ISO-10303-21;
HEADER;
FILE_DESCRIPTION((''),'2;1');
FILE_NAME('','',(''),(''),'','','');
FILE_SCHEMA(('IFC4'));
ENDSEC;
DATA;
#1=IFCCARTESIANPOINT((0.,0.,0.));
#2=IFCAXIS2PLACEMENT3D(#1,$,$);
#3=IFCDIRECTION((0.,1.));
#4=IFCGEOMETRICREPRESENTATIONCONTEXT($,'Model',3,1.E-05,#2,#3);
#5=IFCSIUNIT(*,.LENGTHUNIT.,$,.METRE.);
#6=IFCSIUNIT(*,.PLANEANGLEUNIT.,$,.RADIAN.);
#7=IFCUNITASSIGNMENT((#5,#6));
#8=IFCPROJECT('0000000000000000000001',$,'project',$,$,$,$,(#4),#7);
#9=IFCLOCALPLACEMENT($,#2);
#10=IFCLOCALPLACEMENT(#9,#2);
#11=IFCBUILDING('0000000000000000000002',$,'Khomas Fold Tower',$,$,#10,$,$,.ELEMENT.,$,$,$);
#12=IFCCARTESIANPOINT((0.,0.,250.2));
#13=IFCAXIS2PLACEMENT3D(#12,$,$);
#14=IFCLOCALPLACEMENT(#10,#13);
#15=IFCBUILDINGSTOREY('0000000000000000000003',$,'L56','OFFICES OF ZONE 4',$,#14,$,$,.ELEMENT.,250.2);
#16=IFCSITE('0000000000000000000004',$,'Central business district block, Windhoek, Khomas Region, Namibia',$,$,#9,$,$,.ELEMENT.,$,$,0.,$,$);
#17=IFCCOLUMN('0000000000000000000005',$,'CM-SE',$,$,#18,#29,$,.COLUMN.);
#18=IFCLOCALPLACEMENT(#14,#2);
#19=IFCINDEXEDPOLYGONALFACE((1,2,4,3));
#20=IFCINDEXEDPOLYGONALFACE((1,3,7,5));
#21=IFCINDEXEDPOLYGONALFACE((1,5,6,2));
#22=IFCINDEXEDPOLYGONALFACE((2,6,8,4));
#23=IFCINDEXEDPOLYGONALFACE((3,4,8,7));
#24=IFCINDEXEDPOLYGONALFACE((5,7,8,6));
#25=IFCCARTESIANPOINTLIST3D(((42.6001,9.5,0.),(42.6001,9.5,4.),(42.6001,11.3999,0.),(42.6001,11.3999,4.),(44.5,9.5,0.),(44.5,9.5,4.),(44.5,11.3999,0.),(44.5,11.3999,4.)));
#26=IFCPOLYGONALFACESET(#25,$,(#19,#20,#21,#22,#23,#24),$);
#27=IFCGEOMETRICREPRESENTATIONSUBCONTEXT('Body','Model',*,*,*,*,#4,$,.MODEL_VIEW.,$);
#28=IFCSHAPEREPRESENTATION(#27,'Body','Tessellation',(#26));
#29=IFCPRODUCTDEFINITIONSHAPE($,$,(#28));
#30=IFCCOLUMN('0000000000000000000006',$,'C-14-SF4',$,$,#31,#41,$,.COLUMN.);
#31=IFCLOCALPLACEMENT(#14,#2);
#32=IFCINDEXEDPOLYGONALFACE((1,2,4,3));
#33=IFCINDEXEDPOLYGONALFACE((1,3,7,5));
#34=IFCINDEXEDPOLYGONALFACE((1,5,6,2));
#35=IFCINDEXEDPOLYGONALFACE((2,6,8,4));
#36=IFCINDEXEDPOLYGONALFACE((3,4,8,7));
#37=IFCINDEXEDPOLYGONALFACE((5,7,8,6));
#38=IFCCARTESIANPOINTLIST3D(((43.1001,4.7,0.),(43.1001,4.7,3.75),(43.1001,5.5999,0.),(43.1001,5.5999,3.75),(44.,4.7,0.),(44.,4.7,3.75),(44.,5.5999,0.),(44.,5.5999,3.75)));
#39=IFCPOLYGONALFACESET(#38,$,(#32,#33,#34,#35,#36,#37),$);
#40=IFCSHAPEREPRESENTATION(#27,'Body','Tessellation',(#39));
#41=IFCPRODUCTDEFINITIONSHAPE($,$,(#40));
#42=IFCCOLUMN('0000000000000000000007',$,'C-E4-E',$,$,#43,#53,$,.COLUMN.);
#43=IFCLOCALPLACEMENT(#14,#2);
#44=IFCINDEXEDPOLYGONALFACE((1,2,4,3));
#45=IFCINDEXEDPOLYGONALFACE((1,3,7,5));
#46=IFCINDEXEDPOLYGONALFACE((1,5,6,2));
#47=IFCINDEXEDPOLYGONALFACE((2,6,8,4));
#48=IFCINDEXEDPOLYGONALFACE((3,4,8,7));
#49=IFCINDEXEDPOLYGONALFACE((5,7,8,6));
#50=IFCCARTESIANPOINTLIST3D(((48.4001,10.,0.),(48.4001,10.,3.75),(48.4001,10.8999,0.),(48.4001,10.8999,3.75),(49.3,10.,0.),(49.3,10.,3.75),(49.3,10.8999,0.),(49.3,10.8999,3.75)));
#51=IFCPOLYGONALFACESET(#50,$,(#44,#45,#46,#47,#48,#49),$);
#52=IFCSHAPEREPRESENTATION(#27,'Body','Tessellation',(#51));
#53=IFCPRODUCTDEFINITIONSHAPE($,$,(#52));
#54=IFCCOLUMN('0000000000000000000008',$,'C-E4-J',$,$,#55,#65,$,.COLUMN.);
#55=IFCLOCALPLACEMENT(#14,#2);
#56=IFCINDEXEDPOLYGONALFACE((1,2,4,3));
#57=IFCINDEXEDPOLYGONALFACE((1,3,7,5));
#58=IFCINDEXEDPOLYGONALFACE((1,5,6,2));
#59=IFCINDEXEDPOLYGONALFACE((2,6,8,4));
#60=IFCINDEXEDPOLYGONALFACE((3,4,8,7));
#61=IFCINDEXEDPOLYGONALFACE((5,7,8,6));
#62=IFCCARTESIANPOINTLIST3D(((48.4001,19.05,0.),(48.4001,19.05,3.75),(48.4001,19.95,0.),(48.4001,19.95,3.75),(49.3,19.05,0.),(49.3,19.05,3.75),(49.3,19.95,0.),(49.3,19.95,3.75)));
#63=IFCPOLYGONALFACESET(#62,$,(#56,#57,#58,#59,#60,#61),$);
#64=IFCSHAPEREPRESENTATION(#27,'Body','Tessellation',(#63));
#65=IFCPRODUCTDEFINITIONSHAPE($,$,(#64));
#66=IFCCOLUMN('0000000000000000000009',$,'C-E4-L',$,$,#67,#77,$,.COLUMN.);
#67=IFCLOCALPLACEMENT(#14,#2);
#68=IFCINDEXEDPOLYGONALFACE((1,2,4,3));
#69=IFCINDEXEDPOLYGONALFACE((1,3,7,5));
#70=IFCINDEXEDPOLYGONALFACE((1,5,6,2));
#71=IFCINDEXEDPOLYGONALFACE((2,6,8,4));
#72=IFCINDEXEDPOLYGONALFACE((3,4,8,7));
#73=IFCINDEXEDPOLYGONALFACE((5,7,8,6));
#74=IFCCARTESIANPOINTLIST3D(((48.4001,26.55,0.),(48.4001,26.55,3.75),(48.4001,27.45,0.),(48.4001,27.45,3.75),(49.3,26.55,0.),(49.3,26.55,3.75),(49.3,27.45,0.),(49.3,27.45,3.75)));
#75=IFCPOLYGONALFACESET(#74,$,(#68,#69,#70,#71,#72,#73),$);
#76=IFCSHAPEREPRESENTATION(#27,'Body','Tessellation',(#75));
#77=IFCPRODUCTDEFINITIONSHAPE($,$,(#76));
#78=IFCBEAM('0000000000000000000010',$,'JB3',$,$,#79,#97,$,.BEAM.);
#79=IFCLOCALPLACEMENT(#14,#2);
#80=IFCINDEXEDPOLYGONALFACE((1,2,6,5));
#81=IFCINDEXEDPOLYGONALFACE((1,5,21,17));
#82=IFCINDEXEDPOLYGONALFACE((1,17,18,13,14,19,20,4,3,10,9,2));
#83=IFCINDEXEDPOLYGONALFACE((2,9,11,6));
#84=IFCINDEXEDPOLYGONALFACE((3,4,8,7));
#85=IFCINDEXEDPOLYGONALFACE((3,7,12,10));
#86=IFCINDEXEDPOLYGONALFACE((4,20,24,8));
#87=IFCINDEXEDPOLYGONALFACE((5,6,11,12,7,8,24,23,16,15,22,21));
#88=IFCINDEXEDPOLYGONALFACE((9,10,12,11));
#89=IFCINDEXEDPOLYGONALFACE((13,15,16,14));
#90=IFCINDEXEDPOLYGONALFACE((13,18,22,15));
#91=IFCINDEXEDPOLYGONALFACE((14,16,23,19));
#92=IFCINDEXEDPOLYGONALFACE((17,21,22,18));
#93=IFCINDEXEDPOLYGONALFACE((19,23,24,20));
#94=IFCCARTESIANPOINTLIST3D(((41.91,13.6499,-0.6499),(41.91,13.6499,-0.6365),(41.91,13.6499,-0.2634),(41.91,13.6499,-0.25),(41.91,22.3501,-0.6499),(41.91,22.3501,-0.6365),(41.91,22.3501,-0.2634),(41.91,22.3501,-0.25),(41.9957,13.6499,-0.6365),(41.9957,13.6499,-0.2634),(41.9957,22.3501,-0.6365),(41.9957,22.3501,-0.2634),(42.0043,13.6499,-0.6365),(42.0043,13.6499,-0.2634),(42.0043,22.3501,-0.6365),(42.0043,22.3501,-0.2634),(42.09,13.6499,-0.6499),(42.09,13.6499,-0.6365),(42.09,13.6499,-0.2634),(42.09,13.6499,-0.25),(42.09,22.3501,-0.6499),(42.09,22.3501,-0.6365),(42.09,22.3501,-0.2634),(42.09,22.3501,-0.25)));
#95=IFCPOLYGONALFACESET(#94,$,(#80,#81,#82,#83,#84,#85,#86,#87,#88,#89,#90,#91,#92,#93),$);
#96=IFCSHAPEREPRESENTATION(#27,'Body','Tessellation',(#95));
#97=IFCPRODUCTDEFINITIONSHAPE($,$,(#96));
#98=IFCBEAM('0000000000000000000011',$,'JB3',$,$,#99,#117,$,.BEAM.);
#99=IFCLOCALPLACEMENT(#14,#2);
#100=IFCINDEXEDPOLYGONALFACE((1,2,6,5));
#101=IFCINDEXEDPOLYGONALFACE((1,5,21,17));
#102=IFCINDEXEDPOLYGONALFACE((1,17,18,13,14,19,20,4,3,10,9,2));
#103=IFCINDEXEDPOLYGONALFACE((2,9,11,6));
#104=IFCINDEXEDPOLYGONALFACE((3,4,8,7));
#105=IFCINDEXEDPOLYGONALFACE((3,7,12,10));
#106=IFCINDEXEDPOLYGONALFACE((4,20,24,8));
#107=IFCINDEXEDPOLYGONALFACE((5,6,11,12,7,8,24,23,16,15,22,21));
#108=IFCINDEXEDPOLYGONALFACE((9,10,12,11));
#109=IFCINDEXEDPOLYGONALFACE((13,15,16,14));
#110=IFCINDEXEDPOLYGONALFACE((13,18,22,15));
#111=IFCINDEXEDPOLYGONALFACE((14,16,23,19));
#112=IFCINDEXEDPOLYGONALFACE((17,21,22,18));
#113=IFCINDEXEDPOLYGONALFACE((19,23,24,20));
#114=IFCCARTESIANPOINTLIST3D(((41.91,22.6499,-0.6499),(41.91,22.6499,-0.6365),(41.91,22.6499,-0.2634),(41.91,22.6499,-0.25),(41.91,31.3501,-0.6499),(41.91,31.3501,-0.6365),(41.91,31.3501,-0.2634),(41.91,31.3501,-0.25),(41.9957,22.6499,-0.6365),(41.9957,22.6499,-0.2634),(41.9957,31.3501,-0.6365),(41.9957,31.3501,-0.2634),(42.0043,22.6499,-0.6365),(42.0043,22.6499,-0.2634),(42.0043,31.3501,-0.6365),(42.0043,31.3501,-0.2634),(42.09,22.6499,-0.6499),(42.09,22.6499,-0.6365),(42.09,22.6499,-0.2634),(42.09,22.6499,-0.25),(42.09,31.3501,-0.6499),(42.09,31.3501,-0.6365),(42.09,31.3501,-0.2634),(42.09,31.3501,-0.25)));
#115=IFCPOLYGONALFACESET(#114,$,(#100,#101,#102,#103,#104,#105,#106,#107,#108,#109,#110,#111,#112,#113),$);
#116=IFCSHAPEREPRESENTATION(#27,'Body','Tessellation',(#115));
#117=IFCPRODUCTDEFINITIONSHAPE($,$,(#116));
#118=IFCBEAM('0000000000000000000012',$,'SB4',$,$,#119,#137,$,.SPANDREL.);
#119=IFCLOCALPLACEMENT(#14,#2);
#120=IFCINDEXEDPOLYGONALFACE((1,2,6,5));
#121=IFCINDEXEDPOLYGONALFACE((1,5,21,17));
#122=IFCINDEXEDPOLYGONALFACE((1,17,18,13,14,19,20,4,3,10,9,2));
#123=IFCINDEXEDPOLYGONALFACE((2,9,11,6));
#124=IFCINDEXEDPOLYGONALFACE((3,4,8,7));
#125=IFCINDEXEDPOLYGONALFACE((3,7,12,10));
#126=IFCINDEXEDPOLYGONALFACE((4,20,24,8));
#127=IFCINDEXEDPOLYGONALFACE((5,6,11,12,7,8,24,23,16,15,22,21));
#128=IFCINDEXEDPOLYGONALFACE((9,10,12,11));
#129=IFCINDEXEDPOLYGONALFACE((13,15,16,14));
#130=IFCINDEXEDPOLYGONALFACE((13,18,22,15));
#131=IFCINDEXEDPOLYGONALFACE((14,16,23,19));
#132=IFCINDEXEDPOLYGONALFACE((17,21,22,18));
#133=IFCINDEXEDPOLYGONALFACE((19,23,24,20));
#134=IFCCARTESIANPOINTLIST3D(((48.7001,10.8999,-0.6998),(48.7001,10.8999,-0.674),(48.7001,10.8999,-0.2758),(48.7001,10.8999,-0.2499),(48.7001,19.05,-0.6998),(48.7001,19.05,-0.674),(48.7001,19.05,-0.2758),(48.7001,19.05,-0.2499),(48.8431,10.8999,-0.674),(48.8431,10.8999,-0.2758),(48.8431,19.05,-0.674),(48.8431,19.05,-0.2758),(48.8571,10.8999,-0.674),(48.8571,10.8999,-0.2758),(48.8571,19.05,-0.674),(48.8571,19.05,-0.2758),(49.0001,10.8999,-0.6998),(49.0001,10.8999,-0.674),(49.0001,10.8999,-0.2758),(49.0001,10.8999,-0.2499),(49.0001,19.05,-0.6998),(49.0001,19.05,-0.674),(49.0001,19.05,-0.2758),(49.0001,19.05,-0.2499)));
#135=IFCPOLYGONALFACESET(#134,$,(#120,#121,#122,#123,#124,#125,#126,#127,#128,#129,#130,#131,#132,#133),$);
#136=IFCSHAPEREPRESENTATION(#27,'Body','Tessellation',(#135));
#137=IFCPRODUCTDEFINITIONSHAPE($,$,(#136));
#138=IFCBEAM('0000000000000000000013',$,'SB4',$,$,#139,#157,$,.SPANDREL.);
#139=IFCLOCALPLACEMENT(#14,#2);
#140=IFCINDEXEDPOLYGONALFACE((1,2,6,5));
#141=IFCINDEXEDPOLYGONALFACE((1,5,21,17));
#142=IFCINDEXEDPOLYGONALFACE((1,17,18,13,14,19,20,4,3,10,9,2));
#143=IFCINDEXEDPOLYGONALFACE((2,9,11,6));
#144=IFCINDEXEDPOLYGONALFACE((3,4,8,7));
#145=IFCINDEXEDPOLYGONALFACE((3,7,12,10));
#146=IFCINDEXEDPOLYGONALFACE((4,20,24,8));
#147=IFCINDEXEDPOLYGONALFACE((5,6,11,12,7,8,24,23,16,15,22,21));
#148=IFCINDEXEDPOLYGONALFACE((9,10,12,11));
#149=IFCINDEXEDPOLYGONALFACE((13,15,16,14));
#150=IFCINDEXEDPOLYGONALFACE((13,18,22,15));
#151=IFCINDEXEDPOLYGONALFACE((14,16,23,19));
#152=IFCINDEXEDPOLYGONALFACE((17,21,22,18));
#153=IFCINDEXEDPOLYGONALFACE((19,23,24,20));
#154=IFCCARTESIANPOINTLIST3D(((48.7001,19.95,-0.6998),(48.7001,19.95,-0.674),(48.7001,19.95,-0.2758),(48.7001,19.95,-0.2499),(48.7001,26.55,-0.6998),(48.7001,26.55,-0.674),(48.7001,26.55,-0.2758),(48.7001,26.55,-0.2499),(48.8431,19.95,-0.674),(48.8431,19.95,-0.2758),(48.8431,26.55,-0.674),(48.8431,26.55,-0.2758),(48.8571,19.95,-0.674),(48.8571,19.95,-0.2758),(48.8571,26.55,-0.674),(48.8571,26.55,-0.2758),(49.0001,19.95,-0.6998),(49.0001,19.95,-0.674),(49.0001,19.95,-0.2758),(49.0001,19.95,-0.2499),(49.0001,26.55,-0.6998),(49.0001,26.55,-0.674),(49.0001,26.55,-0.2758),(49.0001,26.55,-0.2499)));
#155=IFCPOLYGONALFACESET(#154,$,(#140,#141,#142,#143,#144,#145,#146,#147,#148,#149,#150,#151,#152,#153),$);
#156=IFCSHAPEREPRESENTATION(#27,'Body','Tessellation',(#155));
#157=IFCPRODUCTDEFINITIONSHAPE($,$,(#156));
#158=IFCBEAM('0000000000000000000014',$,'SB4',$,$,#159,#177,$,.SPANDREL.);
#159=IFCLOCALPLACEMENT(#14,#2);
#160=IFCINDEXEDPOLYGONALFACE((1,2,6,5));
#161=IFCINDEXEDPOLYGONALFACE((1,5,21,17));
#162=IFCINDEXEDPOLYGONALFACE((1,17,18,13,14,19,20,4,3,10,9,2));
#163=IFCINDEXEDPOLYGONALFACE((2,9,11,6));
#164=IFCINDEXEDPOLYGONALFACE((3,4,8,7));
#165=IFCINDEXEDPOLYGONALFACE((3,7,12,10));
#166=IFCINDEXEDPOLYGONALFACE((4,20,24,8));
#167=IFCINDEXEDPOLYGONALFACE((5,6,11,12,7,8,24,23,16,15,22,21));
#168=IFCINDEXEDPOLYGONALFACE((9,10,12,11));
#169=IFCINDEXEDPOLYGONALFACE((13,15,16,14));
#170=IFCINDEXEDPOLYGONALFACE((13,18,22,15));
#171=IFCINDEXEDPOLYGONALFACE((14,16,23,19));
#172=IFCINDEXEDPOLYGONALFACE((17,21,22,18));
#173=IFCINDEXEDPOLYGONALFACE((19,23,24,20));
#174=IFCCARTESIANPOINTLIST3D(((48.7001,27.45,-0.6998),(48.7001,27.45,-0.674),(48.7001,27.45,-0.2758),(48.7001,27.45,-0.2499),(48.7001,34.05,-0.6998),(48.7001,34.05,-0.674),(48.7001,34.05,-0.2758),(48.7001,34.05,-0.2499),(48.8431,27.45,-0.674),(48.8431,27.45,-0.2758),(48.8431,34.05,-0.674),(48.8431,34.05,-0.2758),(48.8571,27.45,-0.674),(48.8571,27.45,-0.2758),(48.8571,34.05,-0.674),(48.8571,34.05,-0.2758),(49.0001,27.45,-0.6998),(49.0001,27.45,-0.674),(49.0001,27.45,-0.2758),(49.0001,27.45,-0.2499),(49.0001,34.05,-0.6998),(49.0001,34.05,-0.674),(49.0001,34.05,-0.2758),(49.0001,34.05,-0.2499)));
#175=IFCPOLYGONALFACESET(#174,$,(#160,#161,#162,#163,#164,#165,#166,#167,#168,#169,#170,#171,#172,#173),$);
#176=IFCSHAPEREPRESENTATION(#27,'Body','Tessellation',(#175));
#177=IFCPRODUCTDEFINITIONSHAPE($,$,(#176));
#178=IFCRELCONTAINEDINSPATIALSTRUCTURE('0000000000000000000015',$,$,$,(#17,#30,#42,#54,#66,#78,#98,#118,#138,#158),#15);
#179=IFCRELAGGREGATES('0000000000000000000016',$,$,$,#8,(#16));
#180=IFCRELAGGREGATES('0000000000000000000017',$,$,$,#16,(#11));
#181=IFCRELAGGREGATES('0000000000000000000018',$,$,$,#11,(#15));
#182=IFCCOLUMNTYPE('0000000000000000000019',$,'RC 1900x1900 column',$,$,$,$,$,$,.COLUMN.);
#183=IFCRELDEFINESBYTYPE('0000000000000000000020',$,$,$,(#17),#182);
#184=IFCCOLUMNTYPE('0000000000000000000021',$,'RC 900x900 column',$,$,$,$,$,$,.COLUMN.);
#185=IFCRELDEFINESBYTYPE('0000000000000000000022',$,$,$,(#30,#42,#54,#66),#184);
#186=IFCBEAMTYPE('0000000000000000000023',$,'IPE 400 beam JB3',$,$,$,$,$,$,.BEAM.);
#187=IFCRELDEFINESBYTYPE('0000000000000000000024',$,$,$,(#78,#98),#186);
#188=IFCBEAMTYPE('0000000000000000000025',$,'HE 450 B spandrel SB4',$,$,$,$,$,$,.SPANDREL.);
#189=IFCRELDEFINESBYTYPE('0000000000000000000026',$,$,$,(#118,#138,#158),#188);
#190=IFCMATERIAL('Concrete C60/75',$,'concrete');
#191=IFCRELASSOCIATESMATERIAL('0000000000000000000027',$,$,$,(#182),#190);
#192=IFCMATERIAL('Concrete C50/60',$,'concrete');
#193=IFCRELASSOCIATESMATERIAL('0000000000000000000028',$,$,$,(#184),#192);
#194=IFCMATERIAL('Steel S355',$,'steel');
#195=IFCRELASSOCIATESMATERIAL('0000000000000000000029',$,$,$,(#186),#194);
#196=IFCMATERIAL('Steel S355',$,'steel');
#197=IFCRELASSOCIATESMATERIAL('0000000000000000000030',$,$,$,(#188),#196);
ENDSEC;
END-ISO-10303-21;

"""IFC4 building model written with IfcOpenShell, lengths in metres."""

from ifc_helpers import new_model, si_unit, direction, frame, origin, origin_2d, place, context, subcontext, project, spatial, rectangle, i_section, extrude, source, transform, mapped, material, material_profile, profile_set, type_object, element, save


model = new_model("IFC4")

# Units and contexts
model_context = context("Model", 3, precision=1e-05, world=origin(), true_north=direction((0.0, 1.0)))
body_context = subcontext(model_context, "Body", "Model", "MODEL_VIEW")
ifc_project = project(units=[si_unit("LENGTHUNIT", "METRE"), si_unit("PLANEANGLEUNIT", "RADIAN")], contexts=[model_context])

# Site, building, storey
site_placement = place(None, origin())
site = spatial("IfcSite", under=ifc_project, at=site_placement, Name="Central business district block, Windhoek, Khomas Region, Namibia", CompositionType="ELEMENT", RefElevation=0.0)
building_placement = place(site_placement, origin())
building = spatial("IfcBuilding", under=site, at=building_placement, Name="Khomas Fold Tower", CompositionType="ELEMENT")
storey_placement = place(building_placement, frame((0.0, 0.0, 250.2)))
storey = spatial("IfcBuildingStorey", under=building, at=storey_placement, Name="L56", Description="OFFICES OF ZONE 4", CompositionType="ELEMENT", Elevation=250.2)

# Columns
ifc_material_1 = material(Name="Concrete C60/75", Category="concrete")
ifc_material_profile_1 = material_profile(ifc_material_1, rectangle(XDim=1.8999, YDim=1.8999, at=origin_2d()), Name="RC 1900x1900")
ifc_profile_set_1 = profile_set([ifc_material_profile_1], Name="Concrete C60/75")
column_type_1 = type_object("IfcColumnType", Name="RC 1900x1900 column", PredefinedType="COLUMN", material=ifc_profile_set_1)
shared_shape_1 = source(origin(), body_context, "Body", "SweptSolid", [
    extrude(rectangle(XDim=1.8999, YDim=1.8999, at=origin_2d()), origin(), (0.0, 0.0, 1.0), 4.0),
])
column_placement = place(storey_placement, frame((43.55, 10.45, 0.0), z_axis=(0.0, 0.0, 1.0), x_axis=(1.0, 0.0, 0.0)))
element("IfcColumn", 1, at=column_placement, inside=storey, type_object=column_type_1, Name="CM-SE", PredefinedType="COLUMN", context=body_context, shape_type="MappedRepresentation", body=[
    mapped(shared_shape_1, transform((0.0, 0.0, 0.0))),
])
ifc_material_2 = material(Name="Concrete C50/60", Category="concrete")
ifc_material_profile_2 = material_profile(ifc_material_2, rectangle(XDim=0.8999, YDim=0.8999, at=origin_2d()), Name="RC 900x900")
ifc_profile_set_2 = profile_set([ifc_material_profile_2], Name="Concrete C50/60")
column_type_2 = type_object("IfcColumnType", Name="RC 900x900 column", PredefinedType="COLUMN", material=ifc_profile_set_2)
shared_shape_2 = source(origin(), body_context, "Body", "SweptSolid", [
    extrude(rectangle(XDim=0.8999, YDim=0.8999, at=origin_2d()), origin(), (0.0, 0.0, 1.0), 3.75),
])
for number, where, z_axis, x_axis, name in (
    (2, (43.55, 5.1499, 0.0), (0.0, 0.0, 1.0), (1.0, 0.0, 0.0), "C-14-SF4"),
    (3, (48.8501, 10.45, 0.0), (0.0, 0.0, 1.0), (1.0, 0.0, 0.0), "C-E4-E"),
    (4, (48.8501, 19.5, 0.0), (0.0, 0.0, 1.0), (1.0, 0.0, 0.0), "C-E4-J"),
    (5, (48.8501, 27.0, 0.0), (0.0, 0.0, 1.0), (1.0, 0.0, 0.0), "C-E4-L"),
):
    element("IfcColumn", number, at=place(storey_placement, frame(where, z_axis=z_axis, x_axis=x_axis)), inside=storey, type_object=column_type_2, Name=name, PredefinedType="COLUMN", context=body_context, shape_type="MappedRepresentation", body=[
        mapped(shared_shape_2, transform((0.0, 0.0, 0.0))),
    ])

# Beams
ifc_material_3 = material(Name="Steel S355", Category="steel")
ifc_material_profile_3 = material_profile(ifc_material_3, i_section(OverallWidth=0.1799, OverallDepth=0.3999, WebThickness=0.0085, FlangeThickness=0.0134, at=origin_2d()), Name="IPE 400")
ifc_profile_set_3 = profile_set([ifc_material_profile_3], Name="Steel S355")
beam_type_1 = type_object("IfcBeamType", Name="IPE 400 beam JB3", PredefinedType="BEAM", material=ifc_profile_set_3)
shared_shape_3 = source(origin(), body_context, "Body", "SweptSolid", [
    extrude(i_section(OverallWidth=0.1799, OverallDepth=0.3999, WebThickness=0.0085, FlangeThickness=0.0134, at=origin_2d()), origin(), (0.0, 0.0, 1.0), 8.7002),
])
for number, where, z_axis, x_axis, name in (
    (6, (42.0, 13.6499, -0.45), (0.0, 1.0, 0.0), (-1.0, 0.0, 0.0), "JB3"),
    (7, (42.0, 22.6499, -0.45), (0.0, 1.0, 0.0), (-1.0, 0.0, 0.0), "JB3"),
):
    element("IfcBeam", number, at=place(storey_placement, frame(where, z_axis=z_axis, x_axis=x_axis)), inside=storey, type_object=beam_type_1, Name=name, PredefinedType="BEAM", context=body_context, shape_type="MappedRepresentation", body=[
        mapped(shared_shape_3, transform((0.0, 0.0, 0.0))),
    ])
ifc_material_4 = material(Name="Steel S355", Category="steel")
ifc_material_profile_4 = material_profile(ifc_material_4, i_section(OverallWidth=0.3, OverallDepth=0.45, WebThickness=0.0139, FlangeThickness=0.0259, at=origin_2d()), Name="HE 450 B")
ifc_profile_set_4 = profile_set([ifc_material_profile_4], Name="Steel S355")
beam_type_2 = type_object("IfcBeamType", Name="HE 450 B spandrel SB4", PredefinedType="SPANDREL", material=ifc_profile_set_4)
shared_shape_4 = source(origin(), body_context, "Body", "SweptSolid", [
    extrude(i_section(OverallWidth=0.3, OverallDepth=0.45, WebThickness=0.0139, FlangeThickness=0.0259, at=origin_2d()), origin(), (0.0, 0.0, 1.0), 8.1501),
])
beam_1_placement = place(storey_placement, frame((48.8501, 10.8999, -0.4749), z_axis=(0.0, 1.0, 0.0), x_axis=(-1.0, 0.0, 0.0)))
element("IfcBeam", 8, at=beam_1_placement, inside=storey, type_object=beam_type_2, Name="SB4", PredefinedType="SPANDREL", context=body_context, shape_type="MappedRepresentation", body=[
    mapped(shared_shape_4, transform((0.0, 0.0, 0.0))),
])
shared_shape_5 = source(origin(), body_context, "Body", "SweptSolid", [
    extrude(i_section(OverallWidth=0.3, OverallDepth=0.45, WebThickness=0.0139, FlangeThickness=0.0259, at=origin_2d()), origin(), (0.0, 0.0, 1.0), 6.6001),
])
for number, where, z_axis, x_axis, name in (
    (9, (48.8501, 19.95, -0.4749), (0.0, 1.0, 0.0), (-1.0, 0.0, 0.0), "SB4"),
    (10, (48.8501, 27.45, -0.4749), (0.0, 1.0, 0.0), (-1.0, 0.0, 0.0), "SB4"),
):
    element("IfcBeam", number, at=place(storey_placement, frame(where, z_axis=z_axis, x_axis=x_axis)), inside=storey, type_object=beam_type_2, Name=name, PredefinedType="SPANDREL", context=body_context, shape_type="MappedRepresentation", body=[
        mapped(shared_shape_5, transform((0.0, 0.0, 0.0))),
    ])

save(model, "model.ifc")
